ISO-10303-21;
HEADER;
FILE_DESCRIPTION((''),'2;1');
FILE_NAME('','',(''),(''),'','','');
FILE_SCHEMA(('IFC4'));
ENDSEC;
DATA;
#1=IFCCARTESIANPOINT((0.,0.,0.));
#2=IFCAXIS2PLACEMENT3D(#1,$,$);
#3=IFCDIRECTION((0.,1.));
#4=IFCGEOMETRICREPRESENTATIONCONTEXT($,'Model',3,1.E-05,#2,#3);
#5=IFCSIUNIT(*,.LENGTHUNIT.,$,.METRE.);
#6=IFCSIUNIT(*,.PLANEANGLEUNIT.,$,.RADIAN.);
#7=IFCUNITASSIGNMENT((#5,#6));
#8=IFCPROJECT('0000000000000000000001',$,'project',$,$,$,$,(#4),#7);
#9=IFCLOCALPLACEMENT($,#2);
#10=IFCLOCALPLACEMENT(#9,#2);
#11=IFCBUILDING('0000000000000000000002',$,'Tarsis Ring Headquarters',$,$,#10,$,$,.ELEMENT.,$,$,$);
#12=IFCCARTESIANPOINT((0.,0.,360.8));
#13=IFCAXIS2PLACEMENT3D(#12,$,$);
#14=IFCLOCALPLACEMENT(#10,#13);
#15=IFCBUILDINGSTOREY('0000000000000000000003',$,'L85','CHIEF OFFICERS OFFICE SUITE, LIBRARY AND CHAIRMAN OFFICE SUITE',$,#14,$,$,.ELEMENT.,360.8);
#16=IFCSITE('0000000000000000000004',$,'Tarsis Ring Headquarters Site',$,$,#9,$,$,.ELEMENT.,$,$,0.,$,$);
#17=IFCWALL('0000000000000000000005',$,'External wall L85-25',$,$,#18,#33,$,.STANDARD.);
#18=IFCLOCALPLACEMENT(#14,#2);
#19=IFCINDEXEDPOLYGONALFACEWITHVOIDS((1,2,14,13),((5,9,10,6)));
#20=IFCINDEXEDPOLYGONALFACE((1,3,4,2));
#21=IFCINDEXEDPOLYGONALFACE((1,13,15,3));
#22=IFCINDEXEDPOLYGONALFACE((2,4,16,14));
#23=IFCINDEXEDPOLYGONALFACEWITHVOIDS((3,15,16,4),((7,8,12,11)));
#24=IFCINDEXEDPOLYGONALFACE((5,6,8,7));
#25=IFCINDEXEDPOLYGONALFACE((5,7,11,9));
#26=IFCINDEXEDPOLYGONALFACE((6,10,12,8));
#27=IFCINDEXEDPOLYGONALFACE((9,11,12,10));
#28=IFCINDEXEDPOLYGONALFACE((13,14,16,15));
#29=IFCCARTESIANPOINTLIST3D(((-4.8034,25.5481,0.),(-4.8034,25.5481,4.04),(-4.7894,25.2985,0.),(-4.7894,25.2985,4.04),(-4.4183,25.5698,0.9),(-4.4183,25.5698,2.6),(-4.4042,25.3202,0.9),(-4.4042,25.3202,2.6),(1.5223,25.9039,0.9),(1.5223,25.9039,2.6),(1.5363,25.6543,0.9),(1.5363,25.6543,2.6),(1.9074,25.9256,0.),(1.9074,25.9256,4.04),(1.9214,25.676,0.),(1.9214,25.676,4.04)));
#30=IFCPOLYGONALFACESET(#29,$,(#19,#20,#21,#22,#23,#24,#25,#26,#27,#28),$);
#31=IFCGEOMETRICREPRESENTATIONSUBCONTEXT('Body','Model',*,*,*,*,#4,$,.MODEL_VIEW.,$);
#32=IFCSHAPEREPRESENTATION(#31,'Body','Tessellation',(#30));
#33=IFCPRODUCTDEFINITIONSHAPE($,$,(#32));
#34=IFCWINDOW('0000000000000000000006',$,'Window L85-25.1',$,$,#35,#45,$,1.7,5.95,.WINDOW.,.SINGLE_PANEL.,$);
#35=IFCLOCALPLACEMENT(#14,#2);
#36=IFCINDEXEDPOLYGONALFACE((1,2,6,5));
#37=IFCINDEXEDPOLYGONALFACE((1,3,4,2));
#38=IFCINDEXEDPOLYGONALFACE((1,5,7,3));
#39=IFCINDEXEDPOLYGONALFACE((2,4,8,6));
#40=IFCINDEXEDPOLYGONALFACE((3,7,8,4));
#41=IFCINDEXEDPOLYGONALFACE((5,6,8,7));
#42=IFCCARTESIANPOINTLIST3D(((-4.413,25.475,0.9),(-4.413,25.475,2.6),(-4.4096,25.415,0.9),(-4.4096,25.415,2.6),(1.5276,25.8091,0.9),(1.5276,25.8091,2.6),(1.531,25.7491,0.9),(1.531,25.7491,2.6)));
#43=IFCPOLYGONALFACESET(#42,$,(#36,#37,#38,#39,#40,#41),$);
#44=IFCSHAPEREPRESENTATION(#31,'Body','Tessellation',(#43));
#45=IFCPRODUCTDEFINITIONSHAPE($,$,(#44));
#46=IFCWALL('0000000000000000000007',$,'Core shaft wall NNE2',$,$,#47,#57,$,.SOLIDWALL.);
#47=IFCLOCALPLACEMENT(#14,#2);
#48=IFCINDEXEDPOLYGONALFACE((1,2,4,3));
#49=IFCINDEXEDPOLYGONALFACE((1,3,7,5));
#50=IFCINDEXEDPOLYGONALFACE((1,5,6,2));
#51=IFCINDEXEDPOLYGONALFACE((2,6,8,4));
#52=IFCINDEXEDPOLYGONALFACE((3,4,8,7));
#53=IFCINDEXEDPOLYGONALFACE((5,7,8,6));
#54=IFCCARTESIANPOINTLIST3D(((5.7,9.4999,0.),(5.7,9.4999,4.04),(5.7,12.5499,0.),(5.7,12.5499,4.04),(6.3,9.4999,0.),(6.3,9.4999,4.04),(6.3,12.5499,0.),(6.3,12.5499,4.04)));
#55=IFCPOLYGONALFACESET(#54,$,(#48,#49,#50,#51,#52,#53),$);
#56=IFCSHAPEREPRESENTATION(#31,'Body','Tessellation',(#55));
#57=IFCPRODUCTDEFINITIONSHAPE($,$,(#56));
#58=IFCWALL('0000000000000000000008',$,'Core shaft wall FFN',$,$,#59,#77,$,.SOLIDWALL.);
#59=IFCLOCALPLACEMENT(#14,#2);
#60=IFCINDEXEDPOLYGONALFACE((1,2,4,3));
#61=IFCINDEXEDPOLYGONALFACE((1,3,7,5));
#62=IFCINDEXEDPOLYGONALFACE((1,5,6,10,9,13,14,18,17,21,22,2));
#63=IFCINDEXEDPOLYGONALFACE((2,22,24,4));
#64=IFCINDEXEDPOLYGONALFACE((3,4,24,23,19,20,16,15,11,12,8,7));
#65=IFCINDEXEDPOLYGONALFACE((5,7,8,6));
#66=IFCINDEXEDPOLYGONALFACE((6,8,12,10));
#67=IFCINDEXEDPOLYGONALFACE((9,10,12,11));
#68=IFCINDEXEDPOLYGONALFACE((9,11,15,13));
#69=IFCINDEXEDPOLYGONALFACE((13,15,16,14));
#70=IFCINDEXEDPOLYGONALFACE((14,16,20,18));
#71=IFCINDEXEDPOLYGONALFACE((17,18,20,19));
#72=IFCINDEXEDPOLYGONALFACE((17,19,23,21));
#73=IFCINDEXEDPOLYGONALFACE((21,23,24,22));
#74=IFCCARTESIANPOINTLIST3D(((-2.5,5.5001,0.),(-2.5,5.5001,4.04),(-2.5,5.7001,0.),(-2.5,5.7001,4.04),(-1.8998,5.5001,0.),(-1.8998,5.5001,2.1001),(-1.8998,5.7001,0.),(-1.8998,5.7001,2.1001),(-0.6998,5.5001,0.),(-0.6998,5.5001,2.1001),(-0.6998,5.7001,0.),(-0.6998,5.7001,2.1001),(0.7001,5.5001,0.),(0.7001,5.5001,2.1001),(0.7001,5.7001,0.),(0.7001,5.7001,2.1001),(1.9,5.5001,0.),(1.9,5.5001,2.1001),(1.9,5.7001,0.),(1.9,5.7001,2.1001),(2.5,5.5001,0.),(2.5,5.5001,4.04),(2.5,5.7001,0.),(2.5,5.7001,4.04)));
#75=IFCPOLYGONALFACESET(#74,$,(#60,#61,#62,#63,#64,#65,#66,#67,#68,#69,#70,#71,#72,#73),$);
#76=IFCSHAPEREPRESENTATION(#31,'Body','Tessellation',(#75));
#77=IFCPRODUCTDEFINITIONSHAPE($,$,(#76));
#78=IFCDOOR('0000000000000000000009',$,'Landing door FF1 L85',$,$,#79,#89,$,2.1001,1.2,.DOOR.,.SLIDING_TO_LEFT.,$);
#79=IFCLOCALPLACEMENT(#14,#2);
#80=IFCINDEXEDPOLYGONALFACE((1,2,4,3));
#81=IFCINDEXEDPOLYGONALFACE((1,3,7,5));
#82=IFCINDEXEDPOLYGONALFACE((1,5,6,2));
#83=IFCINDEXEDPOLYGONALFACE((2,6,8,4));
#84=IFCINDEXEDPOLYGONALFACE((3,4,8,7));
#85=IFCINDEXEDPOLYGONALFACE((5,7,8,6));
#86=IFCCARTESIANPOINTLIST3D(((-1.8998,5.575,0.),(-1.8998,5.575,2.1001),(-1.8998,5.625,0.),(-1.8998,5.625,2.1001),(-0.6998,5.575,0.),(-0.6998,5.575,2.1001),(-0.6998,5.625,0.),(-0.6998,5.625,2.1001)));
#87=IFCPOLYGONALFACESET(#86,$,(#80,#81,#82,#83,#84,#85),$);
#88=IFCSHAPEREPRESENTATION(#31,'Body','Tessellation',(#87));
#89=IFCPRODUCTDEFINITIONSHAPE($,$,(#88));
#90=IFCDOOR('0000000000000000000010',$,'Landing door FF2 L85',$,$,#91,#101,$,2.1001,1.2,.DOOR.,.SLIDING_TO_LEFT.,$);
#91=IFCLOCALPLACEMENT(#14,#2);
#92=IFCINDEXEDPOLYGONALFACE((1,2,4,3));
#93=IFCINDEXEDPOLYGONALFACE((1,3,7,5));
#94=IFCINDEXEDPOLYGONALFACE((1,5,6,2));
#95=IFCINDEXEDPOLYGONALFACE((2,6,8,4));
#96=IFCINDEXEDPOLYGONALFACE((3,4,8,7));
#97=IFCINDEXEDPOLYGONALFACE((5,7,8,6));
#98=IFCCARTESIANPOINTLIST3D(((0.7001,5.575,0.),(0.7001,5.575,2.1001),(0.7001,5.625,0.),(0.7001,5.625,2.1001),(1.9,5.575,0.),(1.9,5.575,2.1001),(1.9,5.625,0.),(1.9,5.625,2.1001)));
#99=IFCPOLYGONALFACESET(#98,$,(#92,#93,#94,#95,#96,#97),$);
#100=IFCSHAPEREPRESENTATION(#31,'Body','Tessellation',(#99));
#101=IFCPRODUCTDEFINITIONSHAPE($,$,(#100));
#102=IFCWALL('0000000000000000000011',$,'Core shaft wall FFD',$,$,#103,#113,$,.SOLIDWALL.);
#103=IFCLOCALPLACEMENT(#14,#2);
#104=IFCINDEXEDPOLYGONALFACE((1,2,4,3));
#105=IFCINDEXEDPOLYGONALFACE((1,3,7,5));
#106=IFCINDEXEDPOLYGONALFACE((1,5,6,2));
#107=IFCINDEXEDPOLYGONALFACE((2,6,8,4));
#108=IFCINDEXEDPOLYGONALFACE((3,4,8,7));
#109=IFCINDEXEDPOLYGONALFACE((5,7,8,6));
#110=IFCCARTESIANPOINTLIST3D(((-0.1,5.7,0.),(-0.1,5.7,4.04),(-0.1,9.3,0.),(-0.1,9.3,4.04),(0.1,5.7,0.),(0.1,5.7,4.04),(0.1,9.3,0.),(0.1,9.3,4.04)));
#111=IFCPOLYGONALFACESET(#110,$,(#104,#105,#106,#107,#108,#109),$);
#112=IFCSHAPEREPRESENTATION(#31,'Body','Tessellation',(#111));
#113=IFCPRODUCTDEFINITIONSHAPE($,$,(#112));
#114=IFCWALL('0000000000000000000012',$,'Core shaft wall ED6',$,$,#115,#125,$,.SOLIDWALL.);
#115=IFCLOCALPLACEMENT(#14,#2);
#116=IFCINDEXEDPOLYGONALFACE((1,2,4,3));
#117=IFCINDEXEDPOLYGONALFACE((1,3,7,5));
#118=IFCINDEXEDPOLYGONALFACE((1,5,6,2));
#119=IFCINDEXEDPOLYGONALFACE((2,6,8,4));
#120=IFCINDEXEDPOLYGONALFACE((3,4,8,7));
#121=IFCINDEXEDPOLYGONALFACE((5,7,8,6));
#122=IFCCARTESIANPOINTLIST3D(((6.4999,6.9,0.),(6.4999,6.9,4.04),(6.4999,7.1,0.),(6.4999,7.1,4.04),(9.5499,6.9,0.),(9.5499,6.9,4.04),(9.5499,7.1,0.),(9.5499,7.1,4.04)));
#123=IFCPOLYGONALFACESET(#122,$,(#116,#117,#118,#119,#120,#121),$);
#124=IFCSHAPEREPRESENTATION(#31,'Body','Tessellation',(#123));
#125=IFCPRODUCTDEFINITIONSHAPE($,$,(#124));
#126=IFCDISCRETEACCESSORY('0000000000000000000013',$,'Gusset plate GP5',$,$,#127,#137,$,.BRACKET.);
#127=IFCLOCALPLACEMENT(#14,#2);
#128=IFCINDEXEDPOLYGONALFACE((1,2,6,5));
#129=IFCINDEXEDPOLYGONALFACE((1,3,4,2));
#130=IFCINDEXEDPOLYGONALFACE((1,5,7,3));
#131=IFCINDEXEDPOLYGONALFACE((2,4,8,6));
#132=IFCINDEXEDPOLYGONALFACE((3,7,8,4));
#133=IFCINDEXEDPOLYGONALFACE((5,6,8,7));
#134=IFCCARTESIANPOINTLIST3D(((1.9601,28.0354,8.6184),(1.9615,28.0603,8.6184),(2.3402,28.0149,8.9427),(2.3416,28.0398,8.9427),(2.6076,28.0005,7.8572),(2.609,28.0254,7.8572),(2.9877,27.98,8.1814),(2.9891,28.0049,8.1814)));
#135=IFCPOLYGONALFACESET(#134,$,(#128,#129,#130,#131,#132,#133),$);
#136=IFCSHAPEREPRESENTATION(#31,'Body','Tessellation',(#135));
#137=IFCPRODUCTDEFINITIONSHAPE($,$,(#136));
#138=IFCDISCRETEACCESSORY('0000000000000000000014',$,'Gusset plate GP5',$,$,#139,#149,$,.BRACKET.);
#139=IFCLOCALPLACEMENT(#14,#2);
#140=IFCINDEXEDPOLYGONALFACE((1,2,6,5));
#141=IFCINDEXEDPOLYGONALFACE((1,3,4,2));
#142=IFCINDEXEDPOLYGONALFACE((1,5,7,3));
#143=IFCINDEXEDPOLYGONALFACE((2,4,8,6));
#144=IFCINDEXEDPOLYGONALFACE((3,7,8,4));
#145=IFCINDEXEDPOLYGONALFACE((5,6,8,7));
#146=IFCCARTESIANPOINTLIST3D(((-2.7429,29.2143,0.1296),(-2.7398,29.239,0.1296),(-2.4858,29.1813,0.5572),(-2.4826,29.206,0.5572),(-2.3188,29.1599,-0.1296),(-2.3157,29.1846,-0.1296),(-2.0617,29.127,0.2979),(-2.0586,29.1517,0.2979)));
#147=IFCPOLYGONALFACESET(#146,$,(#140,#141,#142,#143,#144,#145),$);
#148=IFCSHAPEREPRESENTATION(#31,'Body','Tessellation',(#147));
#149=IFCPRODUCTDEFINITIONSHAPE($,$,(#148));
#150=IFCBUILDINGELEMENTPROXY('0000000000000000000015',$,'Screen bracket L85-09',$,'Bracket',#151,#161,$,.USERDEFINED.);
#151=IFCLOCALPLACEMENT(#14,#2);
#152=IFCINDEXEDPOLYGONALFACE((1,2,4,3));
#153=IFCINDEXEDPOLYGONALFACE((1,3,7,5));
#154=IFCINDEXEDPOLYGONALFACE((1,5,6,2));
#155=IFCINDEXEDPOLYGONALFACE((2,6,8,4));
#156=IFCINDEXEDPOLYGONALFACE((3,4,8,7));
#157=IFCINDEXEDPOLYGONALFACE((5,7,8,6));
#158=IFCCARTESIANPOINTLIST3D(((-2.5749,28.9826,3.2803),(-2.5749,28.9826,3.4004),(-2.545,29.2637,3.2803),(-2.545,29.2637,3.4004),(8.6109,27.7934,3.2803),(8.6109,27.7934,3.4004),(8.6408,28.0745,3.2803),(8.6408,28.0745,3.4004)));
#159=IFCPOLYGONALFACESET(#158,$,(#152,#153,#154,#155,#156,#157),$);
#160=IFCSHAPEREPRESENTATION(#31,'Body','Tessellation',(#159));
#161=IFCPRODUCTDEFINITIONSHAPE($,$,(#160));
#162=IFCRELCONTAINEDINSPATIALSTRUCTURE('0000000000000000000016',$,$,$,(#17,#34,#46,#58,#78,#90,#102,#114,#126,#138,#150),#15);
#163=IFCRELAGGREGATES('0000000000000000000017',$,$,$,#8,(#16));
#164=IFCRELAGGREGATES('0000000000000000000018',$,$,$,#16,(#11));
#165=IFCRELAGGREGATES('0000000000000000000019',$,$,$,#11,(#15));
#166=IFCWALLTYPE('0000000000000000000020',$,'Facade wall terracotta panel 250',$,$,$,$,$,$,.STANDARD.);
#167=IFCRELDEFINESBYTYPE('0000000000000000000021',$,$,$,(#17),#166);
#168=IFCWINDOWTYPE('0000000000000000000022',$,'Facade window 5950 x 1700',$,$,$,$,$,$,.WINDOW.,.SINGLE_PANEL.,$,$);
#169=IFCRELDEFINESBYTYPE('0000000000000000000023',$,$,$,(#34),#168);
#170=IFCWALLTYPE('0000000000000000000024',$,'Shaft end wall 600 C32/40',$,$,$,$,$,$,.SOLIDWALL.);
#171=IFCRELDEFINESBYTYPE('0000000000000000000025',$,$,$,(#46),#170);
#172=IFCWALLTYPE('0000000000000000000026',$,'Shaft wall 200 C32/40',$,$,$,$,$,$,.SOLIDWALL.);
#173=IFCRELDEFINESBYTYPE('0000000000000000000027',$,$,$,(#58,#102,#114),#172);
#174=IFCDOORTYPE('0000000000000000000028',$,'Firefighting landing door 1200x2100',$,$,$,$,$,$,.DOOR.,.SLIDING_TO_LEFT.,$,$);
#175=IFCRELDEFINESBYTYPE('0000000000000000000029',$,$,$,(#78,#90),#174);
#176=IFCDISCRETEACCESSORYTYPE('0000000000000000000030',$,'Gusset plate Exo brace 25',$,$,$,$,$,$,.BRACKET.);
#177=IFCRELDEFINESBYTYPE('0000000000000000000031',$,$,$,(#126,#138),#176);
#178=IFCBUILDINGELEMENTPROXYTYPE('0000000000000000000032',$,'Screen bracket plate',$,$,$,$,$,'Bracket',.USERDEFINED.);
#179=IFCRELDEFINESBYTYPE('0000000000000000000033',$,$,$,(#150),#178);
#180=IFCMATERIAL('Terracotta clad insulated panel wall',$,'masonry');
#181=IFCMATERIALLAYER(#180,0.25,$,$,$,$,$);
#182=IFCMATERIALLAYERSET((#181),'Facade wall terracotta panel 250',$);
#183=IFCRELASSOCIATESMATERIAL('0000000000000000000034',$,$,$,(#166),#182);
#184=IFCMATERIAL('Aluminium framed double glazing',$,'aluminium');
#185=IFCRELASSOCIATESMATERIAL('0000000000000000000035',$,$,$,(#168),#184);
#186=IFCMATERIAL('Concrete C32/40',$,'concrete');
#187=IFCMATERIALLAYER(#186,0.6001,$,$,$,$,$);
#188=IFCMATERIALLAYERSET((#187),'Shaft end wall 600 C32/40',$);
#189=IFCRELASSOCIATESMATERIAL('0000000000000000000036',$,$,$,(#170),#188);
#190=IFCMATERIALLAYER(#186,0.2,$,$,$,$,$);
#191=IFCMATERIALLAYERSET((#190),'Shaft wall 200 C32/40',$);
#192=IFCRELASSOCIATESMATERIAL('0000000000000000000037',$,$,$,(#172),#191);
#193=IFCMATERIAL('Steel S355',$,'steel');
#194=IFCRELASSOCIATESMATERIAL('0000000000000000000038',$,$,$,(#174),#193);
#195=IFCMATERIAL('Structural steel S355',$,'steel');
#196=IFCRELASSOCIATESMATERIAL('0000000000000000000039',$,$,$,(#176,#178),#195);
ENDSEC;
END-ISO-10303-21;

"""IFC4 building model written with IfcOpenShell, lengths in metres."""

from ifc_helpers import new_model, si_unit, direction, frame, frame_2d, origin, origin_2d, place, context, subcontext, project, spatial, rectangle, extrude, material, layer, layer_set, material_profile, profile_set, type_object, element, fill, save


model = new_model("IFC4")

# Units and contexts
model_context = context("Model", 3, precision=1e-05, world=origin(), true_north=direction((0.0, 1.0)))
body_context = subcontext(model_context, "Body", "Model", "MODEL_VIEW")
ifc_project = project(units=[si_unit("LENGTHUNIT", "METRE"), si_unit("PLANEANGLEUNIT", "RADIAN")], contexts=[model_context])

# Site, building, storey
site_placement = place(None, origin())
site = spatial("IfcSite", under=ifc_project, at=site_placement, Name="Tarsis Ring Headquarters Site", CompositionType="ELEMENT", RefElevation=0.0)
building_placement = place(site_placement, origin())
building = spatial("IfcBuilding", under=site, at=building_placement, Name="Tarsis Ring Headquarters", CompositionType="ELEMENT")
storey_placement = place(building_placement, frame((0.0, 0.0, 360.8)))
storey = spatial("IfcBuildingStorey", under=building, at=storey_placement, Name="L85", Description="CHIEF OFFICERS OFFICE SUITE, LIBRARY AND CHAIRMAN OFFICE SUITE", CompositionType="ELEMENT", Elevation=360.8)

# Shared definitions
ifc_material_1 = material(Name="Structural steel S355", Category="steel")

# Wall, opening, window
ifc_material_2 = material(Name="Terracotta clad insulated panel wall", Category="masonry")
ifc_layer_1 = layer(ifc_material_2, 0.25)
ifc_layer_set_1 = layer_set([ifc_layer_1], Name="Facade wall terracotta panel 250")
wall_type_1 = type_object("IfcWallType", Name="Facade wall terracotta panel 250", PredefinedType="STANDARD", material=ifc_layer_set_1)
ifc_material_3 = material(Name="Aluminium framed double glazing", Category="aluminium")
window_type = type_object("IfcWindowType", Name="Facade window 5950 x 1700", PartitioningType="SINGLE_PANEL", PredefinedType="WINDOW", material=ifc_material_3)
wall_1_placement = place(storey_placement, frame((1.9146, 25.8008, 0.0), z_axis=(0.0, 0.0, 1.0), x_axis=(-0.998422, -0.056154, 0.0)))
wall_1 = element("IfcWall", 1, at=wall_1_placement, inside=storey, type_object=wall_type_1, Name="External wall L85-25", PredefinedType="STANDARD", context=body_context, shape_type="SweptSolid", body=[
    extrude(rectangle(XDim=6.7214, YDim=0.25, at=frame_2d((3.3608, 0.0))), origin(), (0.0, 0.0, 1.0), 4.04),
])
opening_1_placement = place(wall_1_placement, frame((0.3857, 0.0, 0.8999)))
opening_1 = element("IfcOpeningElement", 2, at=opening_1_placement, cuts=wall_1, PredefinedType="OPENING", context=body_context, shape_type="SweptSolid", body=[
    extrude(rectangle(XDim=5.95, YDim=1.7, at=frame_2d((2.9751, 0.8501))), frame((0.0, 0.135, 0.0), z_axis=(0.0, -1.0, 0.0), x_axis=(1.0, 0.0, 0.0)), (0.0, 0.0, 1.0), 0.27),
])
window_1_placement = place(opening_1_placement, origin())
window_1 = element("IfcWindow", 3, at=window_1_placement, inside=storey, type_object=window_type, Name="Window L85-25.1", OverallHeight=1.7, OverallWidth=5.95, PartitioningType="SINGLE_PANEL", PredefinedType="WINDOW", context=body_context, shape_type="SweptSolid", body=[
    extrude(rectangle(XDim=5.95, YDim=1.7, at=frame_2d((2.9751, 0.8501))), frame((0.0, 0.03, 0.0), z_axis=(0.0, -1.0, 0.0), x_axis=(1.0, 0.0, 0.0)), (0.0, 0.0, 1.0), 0.0601),
])
fill(opening_1, window_1)

# Wall
ifc_material_4 = material(Name="Concrete C32/40", Category="concrete")
ifc_layer_2 = layer(ifc_material_4, 0.6001)
ifc_layer_set_2 = layer_set([ifc_layer_2], Name="Shaft end wall 600 C32/40")
wall_type_2 = type_object("IfcWallType", Name="Shaft end wall 600 C32/40", PredefinedType="SOLIDWALL", material=ifc_layer_set_2)
wall_2_placement = place(storey_placement, frame((6.0, 9.5, 0.0), z_axis=(0.0, 0.0, 1.0), x_axis=(0.0, 1.0, 0.0)))
element("IfcWall", 4, at=wall_2_placement, inside=storey, type_object=wall_type_2, Name="Core shaft wall NNE2", PredefinedType="SOLIDWALL", context=body_context, shape_type="SweptSolid", body=[
    extrude(rectangle(XDim=3.05, YDim=0.6001, at=frame_2d((1.5249, 0.0))), origin(), (0.0, 0.0, 1.0), 4.04),
])

# Wall, openings, doors
ifc_layer_3 = layer(ifc_material_4, 0.2)
ifc_layer_set_3 = layer_set([ifc_layer_3], Name="Shaft wall 200 C32/40")
wall_type_3 = type_object("IfcWallType", Name="Shaft wall 200 C32/40", PredefinedType="SOLIDWALL", material=ifc_layer_set_3)
wall_3_placement = place(storey_placement, frame((-2.5, 5.6001, 0.0), z_axis=(0.0, 0.0, 1.0), x_axis=(1.0, 0.0, 0.0)))
wall_3 = element("IfcWall", 5, at=wall_3_placement, inside=storey, type_object=wall_type_3, Name="Core shaft wall FFN", PredefinedType="SOLIDWALL", context=body_context, shape_type="SweptSolid", body=[
    extrude(rectangle(XDim=5.0, YDim=0.2, at=frame_2d((2.5, 0.0))), origin(), (0.0, 0.0, 1.0), 4.04),
])
opening_2_placement = place(wall_3_placement, frame((0.6001, 0.0, 0.0)))
opening_2 = element("IfcOpeningElement", 6, at=opening_2_placement, cuts=wall_3, PredefinedType="OPENING", context=body_context, shape_type="SweptSolid", body=[
    extrude(rectangle(XDim=1.2, YDim=2.1001, at=frame_2d((0.6001, 1.05))), frame((0.0, 0.1099, 0.0), z_axis=(0.0, -1.0, 0.0), x_axis=(1.0, 0.0, 0.0)), (0.0, 0.0, 1.0), 0.22),
])
opening_3_placement = place(wall_3_placement, frame((3.2, 0.0, 0.0)))
opening_3 = element("IfcOpeningElement", 7, at=opening_3_placement, cuts=wall_3, PredefinedType="OPENING", context=body_context, shape_type="SweptSolid", body=[
    extrude(rectangle(XDim=1.2, YDim=2.1001, at=frame_2d((0.6001, 1.05))), frame((0.0, 0.1099, 0.0), z_axis=(0.0, -1.0, 0.0), x_axis=(1.0, 0.0, 0.0)), (0.0, 0.0, 1.0), 0.22),
])
ifc_material_5 = material(Name="Steel S355", Category="steel")
door_type = type_object("IfcDoorType", Name="Firefighting landing door 1200x2100", OperationType="SLIDING_TO_LEFT", PredefinedType="DOOR", material=ifc_material_5)
door_1_placement = place(opening_2_placement, origin())
door_1 = element("IfcDoor", 8, at=door_1_placement, inside=storey, type_object=door_type, Name="Landing door FF1 L85", OperationType="SLIDING_TO_LEFT", OverallHeight=2.1001, OverallWidth=1.2, PredefinedType="DOOR", context=body_context, shape_type="SweptSolid", body=[
    extrude(rectangle(XDim=1.2, YDim=2.1001, at=frame_2d((0.6001, 1.05))), frame((0.0, 0.0249, 0.0), z_axis=(0.0, -1.0, 0.0), x_axis=(1.0, 0.0, 0.0)), (0.0, 0.0, 1.0), 0.05),
])
fill(opening_2, door_1)
door_2_placement = place(opening_3_placement, origin())
door_2 = element("IfcDoor", 9, at=door_2_placement, inside=storey, type_object=door_type, Name="Landing door FF2 L85", OperationType="SLIDING_TO_LEFT", OverallHeight=2.1001, OverallWidth=1.2, PredefinedType="DOOR", context=body_context, shape_type="SweptSolid", body=[
    extrude(rectangle(XDim=1.2, YDim=2.1001, at=frame_2d((0.6001, 1.05))), frame((0.0, 0.0249, 0.0), z_axis=(0.0, -1.0, 0.0), x_axis=(1.0, 0.0, 0.0)), (0.0, 0.0, 1.0), 0.05),
])
fill(opening_3, door_2)

# Walls
wall_4_placement = place(storey_placement, frame((0.0, 5.7, 0.0), z_axis=(0.0, 0.0, 1.0), x_axis=(0.0, 1.0, 0.0)))
element("IfcWall", 10, at=wall_4_placement, inside=storey, type_object=wall_type_3, Name="Core shaft wall FFD", PredefinedType="SOLIDWALL", context=body_context, shape_type="SweptSolid", body=[
    extrude(rectangle(XDim=3.6001, YDim=0.2, at=frame_2d((1.8, 0.0))), origin(), (0.0, 0.0, 1.0), 4.04),
])
wall_5_placement = place(storey_placement, frame((6.5, 7.0, 0.0), z_axis=(0.0, 0.0, 1.0), x_axis=(1.0, 0.0, 0.0)))
element("IfcWall", 11, at=wall_5_placement, inside=storey, type_object=wall_type_3, Name="Core shaft wall ED6", PredefinedType="SOLIDWALL", context=body_context, shape_type="SweptSolid", body=[
    extrude(rectangle(XDim=3.05, YDim=0.2, at=frame_2d((1.5249, 0.0))), origin(), (0.0, 0.0, 1.0), 4.04),
])

# Discrete accessories
ifc_material_profile_1 = material_profile(ifc_material_1, rectangle(XDim=0.0249, YDim=0.5, at=origin_2d()), Name="PL 25x500")
ifc_profile_set_1 = profile_set([ifc_material_profile_1], Name="Structural steel S355")
discrete_accessory_type = type_object("IfcDiscreteAccessoryType", Name="Gusset plate Exo brace 25", PredefinedType="BRACKET", material=ifc_profile_set_1)
discrete_accessory_1_placement = place(storey_placement, frame((2.7983, 28.0027, 8.0193), z_axis=(-0.647494, 0.034914, 0.76127), x_axis=(-0.053843, -0.998549, 0.0)))
element("IfcDiscreteAccessory", 12, at=discrete_accessory_1_placement, inside=storey, type_object=discrete_accessory_type, Name="Gusset plate GP5", PredefinedType="BRACKET", context=body_context, shape_type="SweptSolid", body=[
    extrude(rectangle(XDim=0.0249, YDim=0.5, at=origin_2d()), origin(), (0.0, 0.0, 1.0), 1.0),
])
discrete_accessory_2_placement = place(storey_placement, frame((-2.5293, 29.1995, 0.0), z_axis=(0.514238, -0.065928, 0.85511), x_axis=(0.127164, 0.991882, 0.0)))
element("IfcDiscreteAccessory", 13, at=discrete_accessory_2_placement, inside=storey, type_object=discrete_accessory_type, Name="Gusset plate GP5", PredefinedType="BRACKET", context=body_context, shape_type="SweptSolid", body=[
    extrude(rectangle(XDim=0.0249, YDim=0.5, at=origin_2d()), origin(), (0.0, 0.0, 1.0), 0.5),
])

# Building element proxy
building_element_proxy_type = type_object("IfcBuildingElementProxyType", Name="Screen bracket plate", ElementType="Bracket", PredefinedType="USERDEFINED", material=ifc_material_1)
proxy_placement = place(storey_placement, frame((3.033, 28.5286, 3.2803), z_axis=(0.0, 0.0, 1.0), x_axis=(-0.994396, 0.105722, 0.0)))
element("IfcBuildingElementProxy", 14, at=proxy_placement, inside=storey, type_object=building_element_proxy_type, Name="Screen bracket L85-09", ObjectType="Bracket", PredefinedType="USERDEFINED", context=body_context, shape_type="SweptSolid", body=[
    extrude(rectangle(XDim=11.2488, YDim=0.2827, at=origin_2d()), origin(), (0.0, 0.0, 1.0), 0.1201),
])

save(model, "model.ifc")
